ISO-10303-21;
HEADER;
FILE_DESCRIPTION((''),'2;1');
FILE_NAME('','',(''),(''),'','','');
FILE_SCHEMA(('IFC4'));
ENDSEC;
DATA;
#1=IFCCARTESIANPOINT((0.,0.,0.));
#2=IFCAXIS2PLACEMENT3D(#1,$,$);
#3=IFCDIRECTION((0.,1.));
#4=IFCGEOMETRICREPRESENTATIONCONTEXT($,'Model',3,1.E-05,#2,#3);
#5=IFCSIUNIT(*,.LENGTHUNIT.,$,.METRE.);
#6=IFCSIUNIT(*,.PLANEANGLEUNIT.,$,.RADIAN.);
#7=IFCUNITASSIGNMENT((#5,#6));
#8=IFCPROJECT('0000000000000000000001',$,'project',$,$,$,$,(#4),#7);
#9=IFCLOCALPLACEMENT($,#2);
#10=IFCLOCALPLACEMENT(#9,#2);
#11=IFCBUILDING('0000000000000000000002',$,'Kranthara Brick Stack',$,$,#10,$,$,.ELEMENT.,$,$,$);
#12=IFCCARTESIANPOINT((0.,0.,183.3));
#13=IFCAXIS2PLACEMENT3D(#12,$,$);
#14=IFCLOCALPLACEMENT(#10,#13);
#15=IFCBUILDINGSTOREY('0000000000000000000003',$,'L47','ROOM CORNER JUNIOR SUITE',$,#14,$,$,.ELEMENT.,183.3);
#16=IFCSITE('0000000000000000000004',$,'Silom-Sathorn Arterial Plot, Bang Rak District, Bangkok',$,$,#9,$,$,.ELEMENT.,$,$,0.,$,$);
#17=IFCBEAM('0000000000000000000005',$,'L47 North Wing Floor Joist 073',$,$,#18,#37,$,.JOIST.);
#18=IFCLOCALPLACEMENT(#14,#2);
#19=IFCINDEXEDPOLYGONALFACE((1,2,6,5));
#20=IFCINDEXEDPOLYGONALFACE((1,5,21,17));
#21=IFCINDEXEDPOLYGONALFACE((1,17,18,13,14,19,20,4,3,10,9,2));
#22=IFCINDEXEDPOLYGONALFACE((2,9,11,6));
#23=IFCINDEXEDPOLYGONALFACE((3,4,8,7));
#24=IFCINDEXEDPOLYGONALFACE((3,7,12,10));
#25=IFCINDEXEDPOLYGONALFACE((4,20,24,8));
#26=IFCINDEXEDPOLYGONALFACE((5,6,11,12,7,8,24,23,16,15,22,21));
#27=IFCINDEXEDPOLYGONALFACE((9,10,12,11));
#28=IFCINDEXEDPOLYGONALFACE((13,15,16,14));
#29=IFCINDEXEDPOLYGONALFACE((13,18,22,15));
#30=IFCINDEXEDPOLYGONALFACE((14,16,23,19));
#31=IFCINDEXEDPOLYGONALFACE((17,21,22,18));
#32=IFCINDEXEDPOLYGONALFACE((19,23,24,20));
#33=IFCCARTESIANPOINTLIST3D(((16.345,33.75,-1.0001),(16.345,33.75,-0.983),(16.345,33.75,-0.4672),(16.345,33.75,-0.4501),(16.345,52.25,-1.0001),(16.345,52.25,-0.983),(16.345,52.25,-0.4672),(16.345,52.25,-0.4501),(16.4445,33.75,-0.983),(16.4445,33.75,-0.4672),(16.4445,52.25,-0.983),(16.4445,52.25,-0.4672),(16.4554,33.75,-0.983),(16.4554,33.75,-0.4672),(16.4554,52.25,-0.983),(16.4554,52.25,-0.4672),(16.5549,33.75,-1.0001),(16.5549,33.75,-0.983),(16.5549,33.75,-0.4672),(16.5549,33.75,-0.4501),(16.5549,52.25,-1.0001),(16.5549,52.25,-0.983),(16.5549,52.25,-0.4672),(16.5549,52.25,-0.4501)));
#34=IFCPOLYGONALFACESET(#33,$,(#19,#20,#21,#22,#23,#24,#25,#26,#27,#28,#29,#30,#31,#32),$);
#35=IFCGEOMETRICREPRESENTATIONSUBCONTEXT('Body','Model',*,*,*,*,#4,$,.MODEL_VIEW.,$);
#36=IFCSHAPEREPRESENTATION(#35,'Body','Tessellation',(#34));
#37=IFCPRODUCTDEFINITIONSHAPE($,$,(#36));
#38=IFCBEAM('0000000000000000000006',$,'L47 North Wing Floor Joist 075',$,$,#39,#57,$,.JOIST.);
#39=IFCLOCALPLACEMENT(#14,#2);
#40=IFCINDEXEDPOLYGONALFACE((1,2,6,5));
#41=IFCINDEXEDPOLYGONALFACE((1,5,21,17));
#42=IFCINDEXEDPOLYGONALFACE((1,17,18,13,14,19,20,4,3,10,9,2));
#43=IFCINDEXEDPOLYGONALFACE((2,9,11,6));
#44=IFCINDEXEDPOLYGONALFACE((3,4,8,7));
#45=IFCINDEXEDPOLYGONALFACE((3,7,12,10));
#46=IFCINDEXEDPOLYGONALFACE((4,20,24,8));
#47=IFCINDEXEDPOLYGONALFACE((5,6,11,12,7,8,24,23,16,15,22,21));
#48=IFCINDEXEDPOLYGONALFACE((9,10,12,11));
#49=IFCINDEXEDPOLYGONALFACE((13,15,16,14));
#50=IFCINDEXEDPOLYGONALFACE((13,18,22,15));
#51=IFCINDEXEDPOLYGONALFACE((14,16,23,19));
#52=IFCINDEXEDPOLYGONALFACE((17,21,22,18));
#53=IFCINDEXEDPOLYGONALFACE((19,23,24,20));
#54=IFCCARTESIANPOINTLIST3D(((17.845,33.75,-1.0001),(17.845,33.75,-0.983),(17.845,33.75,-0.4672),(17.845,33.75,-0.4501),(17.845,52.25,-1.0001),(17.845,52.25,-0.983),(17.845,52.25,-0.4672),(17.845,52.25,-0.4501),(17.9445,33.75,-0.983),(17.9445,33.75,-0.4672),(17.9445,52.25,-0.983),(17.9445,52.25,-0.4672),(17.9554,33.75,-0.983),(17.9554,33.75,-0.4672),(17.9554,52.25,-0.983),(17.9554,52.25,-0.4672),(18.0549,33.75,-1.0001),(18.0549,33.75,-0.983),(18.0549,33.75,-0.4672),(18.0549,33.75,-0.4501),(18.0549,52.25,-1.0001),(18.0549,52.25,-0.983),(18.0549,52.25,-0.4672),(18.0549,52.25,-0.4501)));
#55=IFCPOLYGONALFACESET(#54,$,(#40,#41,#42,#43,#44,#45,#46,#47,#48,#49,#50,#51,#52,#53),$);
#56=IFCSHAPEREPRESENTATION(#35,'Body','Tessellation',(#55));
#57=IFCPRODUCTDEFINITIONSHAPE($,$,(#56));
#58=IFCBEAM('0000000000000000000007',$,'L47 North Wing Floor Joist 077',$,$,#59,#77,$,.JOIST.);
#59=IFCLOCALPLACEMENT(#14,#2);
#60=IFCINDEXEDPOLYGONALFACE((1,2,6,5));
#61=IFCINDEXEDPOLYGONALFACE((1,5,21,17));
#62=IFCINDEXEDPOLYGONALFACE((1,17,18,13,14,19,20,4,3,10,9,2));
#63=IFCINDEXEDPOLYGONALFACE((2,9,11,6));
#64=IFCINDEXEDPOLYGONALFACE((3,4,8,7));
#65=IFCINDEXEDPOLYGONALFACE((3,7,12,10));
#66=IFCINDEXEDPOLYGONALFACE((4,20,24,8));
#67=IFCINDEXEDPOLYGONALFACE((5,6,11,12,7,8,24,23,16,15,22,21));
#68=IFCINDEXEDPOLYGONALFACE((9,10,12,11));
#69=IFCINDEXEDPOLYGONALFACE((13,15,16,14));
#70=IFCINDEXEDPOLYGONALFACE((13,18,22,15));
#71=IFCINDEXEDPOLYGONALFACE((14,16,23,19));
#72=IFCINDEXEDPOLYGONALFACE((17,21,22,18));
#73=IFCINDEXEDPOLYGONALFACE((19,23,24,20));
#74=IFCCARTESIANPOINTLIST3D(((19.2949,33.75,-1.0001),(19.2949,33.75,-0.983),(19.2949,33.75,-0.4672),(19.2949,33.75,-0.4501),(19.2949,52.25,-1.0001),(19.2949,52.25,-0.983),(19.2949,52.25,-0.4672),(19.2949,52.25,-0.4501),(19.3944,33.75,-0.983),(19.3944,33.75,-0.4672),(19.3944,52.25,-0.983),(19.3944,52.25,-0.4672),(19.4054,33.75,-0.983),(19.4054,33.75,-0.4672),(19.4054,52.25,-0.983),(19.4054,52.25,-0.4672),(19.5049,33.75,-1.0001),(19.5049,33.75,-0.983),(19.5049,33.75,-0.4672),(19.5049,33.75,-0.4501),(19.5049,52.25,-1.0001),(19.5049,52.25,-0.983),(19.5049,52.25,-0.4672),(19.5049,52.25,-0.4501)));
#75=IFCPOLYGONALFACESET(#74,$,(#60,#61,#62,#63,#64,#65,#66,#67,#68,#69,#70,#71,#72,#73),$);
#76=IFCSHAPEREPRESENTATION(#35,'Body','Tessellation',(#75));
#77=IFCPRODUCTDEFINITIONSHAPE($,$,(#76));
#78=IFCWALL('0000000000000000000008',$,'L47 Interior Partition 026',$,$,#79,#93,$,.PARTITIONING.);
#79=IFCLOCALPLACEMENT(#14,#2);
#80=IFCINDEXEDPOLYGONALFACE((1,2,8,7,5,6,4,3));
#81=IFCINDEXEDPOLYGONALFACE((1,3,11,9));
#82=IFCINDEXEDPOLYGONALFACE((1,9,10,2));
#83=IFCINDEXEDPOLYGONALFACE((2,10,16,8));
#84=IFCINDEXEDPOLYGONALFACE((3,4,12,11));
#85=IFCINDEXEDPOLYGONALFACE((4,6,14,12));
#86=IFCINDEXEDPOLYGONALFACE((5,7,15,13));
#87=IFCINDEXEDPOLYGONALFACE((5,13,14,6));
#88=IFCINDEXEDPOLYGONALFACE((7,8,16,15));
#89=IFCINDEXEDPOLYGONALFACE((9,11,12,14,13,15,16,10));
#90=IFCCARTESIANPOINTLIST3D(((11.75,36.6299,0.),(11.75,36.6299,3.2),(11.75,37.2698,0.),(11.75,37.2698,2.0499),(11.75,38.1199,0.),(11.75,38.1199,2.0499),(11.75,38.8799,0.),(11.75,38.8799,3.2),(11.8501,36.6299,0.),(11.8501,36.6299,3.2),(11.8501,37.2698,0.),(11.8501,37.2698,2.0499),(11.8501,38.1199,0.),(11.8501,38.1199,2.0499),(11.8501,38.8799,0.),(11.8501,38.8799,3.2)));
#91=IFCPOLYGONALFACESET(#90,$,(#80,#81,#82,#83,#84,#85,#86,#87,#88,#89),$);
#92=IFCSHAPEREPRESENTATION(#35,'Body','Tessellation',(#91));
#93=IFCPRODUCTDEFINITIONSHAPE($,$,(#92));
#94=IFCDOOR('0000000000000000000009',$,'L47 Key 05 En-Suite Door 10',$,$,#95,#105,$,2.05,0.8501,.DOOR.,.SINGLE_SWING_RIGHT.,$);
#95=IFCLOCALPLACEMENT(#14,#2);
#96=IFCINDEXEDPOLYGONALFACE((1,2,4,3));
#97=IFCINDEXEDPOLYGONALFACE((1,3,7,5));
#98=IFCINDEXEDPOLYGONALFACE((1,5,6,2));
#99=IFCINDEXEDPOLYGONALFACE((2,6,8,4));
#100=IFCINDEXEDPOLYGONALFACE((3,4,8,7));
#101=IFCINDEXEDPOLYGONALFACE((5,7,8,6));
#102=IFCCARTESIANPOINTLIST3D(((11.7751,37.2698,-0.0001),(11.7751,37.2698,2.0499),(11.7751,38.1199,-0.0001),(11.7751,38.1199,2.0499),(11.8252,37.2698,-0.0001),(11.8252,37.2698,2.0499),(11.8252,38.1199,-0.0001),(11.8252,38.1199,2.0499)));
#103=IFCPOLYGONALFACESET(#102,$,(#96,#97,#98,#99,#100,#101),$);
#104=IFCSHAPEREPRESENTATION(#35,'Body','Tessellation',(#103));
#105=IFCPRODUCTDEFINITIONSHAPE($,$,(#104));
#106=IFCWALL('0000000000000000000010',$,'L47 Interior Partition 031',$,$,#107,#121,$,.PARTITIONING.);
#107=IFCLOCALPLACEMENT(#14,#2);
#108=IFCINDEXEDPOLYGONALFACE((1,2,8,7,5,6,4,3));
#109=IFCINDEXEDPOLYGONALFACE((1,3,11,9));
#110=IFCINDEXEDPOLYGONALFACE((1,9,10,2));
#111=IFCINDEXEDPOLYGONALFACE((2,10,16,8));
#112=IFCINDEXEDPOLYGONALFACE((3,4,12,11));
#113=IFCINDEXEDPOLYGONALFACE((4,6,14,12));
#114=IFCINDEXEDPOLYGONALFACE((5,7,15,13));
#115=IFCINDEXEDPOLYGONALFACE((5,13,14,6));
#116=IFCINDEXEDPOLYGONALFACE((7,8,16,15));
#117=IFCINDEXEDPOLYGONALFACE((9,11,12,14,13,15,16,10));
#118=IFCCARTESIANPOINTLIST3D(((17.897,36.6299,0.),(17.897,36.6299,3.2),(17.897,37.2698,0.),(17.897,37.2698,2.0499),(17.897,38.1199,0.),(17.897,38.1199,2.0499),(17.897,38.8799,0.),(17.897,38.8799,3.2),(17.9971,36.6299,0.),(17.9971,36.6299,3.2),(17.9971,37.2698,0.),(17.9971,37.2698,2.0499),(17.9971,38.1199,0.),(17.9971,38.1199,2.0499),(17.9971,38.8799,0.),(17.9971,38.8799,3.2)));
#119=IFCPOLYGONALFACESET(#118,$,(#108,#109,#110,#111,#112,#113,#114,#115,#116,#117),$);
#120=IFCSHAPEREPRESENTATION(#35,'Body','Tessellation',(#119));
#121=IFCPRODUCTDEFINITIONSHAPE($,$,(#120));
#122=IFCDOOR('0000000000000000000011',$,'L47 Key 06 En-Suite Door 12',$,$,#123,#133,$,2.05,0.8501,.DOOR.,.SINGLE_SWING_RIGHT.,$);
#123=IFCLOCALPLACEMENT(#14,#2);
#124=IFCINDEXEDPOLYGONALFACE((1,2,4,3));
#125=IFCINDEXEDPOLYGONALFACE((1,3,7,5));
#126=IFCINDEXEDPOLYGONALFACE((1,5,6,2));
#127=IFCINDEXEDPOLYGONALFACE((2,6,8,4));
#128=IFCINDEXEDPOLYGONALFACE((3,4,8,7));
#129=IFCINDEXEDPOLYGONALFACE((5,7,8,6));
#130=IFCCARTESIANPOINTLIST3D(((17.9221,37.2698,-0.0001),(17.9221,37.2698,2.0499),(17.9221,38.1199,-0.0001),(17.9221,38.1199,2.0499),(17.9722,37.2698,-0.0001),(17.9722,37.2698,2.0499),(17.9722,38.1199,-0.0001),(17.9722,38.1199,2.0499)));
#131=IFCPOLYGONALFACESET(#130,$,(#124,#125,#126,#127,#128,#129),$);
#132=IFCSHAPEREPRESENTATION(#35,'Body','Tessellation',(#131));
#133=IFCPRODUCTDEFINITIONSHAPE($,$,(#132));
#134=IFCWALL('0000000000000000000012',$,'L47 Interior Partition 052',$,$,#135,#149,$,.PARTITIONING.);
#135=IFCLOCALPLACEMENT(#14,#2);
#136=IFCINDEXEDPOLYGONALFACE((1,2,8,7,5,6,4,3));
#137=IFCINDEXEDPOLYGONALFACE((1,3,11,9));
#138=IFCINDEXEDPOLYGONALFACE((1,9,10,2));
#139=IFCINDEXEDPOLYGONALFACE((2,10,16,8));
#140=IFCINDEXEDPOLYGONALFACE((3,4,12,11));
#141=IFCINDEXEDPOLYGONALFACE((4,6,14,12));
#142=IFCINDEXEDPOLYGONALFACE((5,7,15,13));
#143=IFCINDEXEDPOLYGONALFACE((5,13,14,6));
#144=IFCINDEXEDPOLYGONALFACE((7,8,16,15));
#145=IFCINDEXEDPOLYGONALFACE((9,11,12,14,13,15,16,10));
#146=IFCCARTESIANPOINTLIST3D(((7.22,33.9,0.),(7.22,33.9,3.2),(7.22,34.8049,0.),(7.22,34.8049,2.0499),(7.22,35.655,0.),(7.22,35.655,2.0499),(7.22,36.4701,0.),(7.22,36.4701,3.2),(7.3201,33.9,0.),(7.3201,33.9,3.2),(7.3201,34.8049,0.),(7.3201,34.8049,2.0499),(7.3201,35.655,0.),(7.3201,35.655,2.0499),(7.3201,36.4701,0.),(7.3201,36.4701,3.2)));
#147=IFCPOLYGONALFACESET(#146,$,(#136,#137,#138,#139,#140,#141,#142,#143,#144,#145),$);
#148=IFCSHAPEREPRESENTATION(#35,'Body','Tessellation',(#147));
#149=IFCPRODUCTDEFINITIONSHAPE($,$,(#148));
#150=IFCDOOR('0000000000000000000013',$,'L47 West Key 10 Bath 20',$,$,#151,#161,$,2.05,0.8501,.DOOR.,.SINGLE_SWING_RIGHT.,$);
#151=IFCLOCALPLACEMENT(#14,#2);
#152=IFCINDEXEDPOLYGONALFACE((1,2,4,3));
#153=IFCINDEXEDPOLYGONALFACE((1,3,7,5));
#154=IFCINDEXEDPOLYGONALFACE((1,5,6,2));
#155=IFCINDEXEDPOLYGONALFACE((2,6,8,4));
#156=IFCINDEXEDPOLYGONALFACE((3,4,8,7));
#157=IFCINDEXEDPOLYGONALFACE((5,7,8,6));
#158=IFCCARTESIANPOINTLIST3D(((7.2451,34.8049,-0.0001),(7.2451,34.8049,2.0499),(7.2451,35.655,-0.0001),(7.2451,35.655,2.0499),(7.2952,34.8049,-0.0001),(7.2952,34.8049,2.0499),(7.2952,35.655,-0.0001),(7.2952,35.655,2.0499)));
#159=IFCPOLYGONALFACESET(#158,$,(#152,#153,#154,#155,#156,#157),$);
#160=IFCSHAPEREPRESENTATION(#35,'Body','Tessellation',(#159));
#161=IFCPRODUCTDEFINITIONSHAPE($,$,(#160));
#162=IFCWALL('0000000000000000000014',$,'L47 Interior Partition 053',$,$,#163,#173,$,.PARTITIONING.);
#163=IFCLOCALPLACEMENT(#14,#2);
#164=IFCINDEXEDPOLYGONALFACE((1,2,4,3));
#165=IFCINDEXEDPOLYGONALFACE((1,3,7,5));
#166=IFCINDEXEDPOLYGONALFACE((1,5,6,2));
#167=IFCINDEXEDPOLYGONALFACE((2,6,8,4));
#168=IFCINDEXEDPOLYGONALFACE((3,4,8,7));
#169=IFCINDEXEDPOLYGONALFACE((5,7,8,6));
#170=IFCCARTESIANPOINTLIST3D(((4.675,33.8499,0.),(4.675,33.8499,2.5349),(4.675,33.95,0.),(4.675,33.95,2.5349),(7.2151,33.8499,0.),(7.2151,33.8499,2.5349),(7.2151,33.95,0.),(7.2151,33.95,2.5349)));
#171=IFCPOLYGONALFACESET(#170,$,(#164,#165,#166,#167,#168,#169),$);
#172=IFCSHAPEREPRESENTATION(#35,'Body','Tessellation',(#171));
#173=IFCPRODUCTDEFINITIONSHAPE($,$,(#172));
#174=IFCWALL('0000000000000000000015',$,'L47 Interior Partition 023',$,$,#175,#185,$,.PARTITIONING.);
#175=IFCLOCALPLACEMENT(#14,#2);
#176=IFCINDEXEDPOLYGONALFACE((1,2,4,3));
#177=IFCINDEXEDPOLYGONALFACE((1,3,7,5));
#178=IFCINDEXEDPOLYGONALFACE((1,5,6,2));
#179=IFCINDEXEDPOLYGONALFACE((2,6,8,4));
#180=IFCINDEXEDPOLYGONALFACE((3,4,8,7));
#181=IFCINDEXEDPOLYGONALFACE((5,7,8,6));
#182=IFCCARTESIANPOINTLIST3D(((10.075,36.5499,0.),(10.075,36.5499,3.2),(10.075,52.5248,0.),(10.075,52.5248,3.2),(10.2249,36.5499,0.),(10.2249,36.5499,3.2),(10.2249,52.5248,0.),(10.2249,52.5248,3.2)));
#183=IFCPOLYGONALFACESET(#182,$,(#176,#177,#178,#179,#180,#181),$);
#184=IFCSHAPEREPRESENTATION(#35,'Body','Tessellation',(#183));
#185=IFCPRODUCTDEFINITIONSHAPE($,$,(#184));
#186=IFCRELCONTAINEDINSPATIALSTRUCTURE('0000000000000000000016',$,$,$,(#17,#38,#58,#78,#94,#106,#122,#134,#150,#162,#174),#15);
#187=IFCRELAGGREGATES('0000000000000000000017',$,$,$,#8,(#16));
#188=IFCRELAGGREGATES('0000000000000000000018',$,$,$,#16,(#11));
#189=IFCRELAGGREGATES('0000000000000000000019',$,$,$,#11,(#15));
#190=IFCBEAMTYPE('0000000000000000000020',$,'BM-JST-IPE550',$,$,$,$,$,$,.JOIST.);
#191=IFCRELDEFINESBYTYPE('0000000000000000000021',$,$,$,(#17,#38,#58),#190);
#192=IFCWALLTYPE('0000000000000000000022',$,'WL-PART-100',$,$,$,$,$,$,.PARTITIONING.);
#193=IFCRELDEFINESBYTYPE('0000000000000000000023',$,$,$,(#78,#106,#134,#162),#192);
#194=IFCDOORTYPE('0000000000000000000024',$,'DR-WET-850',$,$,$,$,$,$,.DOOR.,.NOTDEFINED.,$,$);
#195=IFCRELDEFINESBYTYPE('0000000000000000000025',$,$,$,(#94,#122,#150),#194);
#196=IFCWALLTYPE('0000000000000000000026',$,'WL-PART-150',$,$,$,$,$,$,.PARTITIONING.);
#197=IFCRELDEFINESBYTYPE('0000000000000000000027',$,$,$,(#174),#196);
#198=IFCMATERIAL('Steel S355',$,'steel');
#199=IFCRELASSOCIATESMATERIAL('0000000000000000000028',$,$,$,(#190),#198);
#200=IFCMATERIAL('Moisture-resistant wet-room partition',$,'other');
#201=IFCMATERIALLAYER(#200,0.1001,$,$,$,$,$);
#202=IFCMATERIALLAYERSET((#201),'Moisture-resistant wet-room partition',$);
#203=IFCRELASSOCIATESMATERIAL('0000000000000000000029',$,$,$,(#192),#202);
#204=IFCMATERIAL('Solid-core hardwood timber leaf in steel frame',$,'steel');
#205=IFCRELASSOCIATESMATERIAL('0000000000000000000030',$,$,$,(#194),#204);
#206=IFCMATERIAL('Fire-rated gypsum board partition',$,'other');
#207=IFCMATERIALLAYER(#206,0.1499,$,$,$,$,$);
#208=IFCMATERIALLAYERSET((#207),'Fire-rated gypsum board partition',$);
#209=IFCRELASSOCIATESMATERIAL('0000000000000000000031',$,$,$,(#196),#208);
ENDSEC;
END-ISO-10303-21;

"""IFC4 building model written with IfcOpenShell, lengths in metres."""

from ifc_helpers import new_model, si_unit, direction, frame, frame_2d, origin, origin_2d, place, context, subcontext, project, spatial, rectangle, i_section, extrude, material, layer, layer_set, material_profile, profile_set, type_object, element, fill, save


model = new_model("IFC4")

# Units and contexts
model_context = context("Model", 3, precision=1e-05, world=origin(), true_north=direction((0.0, 1.0)))
body_context = subcontext(model_context, "Body", "Model", "MODEL_VIEW")
ifc_project = project(units=[si_unit("LENGTHUNIT", "METRE"), si_unit("PLANEANGLEUNIT", "RADIAN")], contexts=[model_context])

# Site, building, storey
site_placement = place(None, origin())
site = spatial("IfcSite", under=ifc_project, at=site_placement, Name="Silom-Sathorn Arterial Plot, Bang Rak District, Bangkok", CompositionType="ELEMENT", RefElevation=0.0)
building_placement = place(site_placement, origin())
building = spatial("IfcBuilding", under=site, at=building_placement, Name="Kranthara Brick Stack", CompositionType="ELEMENT")
storey_placement = place(building_placement, frame((0.0, 0.0, 183.3)))
storey = spatial("IfcBuildingStorey", under=building, at=storey_placement, Name="L47", Description="ROOM CORNER JUNIOR SUITE", CompositionType="ELEMENT", Elevation=183.3)

# Beams
ifc_material_1 = material(Name="Steel S355", Category="steel")
ifc_material_profile = material_profile(ifc_material_1, i_section(OverallWidth=0.21, OverallDepth=0.55, WebThickness=0.011, FlangeThickness=0.0171, at=origin_2d()), Name="IPE 550")
ifc_profile_set = profile_set([ifc_material_profile], Name="Steel S355")
beam_type = type_object("IfcBeamType", Name="BM-JST-IPE550", PredefinedType="JOIST", material=ifc_profile_set)
for number, where, z_axis, x_axis, name in (
    (1, (16.45, 33.75, -0.7251), (0.0, 1.0, 0.0), (-1.0, 0.0, 0.0), "L47 North Wing Floor Joist 073"),
    (2, (17.95, 33.75, -0.7251), (0.0, 1.0, 0.0), (-1.0, 0.0, 0.0), "L47 North Wing Floor Joist 075"),
    (3, (19.3999, 33.75, -0.7251), (0.0, 1.0, 0.0), (-1.0, 0.0, 0.0), "L47 North Wing Floor Joist 077"),
):
    element("IfcBeam", number, at=place(storey_placement, frame(where, z_axis=z_axis, x_axis=x_axis)), inside=storey, type_object=beam_type, Name=name, PredefinedType="JOIST", context=body_context, shape_type="SweptSolid", body=[
        extrude(i_section(OverallWidth=0.21, OverallDepth=0.55, WebThickness=0.011, FlangeThickness=0.0171, at=origin_2d()), origin(), (0.0, 0.0, 1.0), 18.5),
    ])

# Walls, openings, doors
ifc_material_2 = material(Name="Moisture-resistant wet-room partition", Category="other")
ifc_layer_1 = layer(ifc_material_2, 0.1001)
ifc_layer_set_1 = layer_set([ifc_layer_1], Name="Moisture-resistant wet-room partition")
wall_type_1 = type_object("IfcWallType", Name="WL-PART-100", PredefinedType="PARTITIONING", material=ifc_layer_set_1)
wall_1_placement = place(storey_placement, frame((11.8, 36.6299, 0.0), z_axis=(0.0, 0.0, 1.0), x_axis=(0.0, 1.0, 0.0)))
wall_1 = element("IfcWall", 4, at=wall_1_placement, inside=storey, type_object=wall_type_1, Name="L47 Interior Partition 026", PredefinedType="PARTITIONING", context=body_context, shape_type="SweptSolid", body=[
    extrude(rectangle(XDim=2.25, YDim=0.1001, at=frame_2d((1.125, 0.0))), origin(), (0.0, 0.0, 1.0), 3.2),
])
opening_1_placement = place(wall_1_placement, frame((0.6399, 0.0, 0.0)))
opening_1 = element("IfcOpeningElement", 5, at=opening_1_placement, cuts=wall_1, PredefinedType="OPENING", context=body_context, shape_type="SweptSolid", body=[
    extrude(rectangle(XDim=0.8501, YDim=2.05, at=frame_2d((0.425, 1.0249))), frame((0.0, 0.0601, 0.0), z_axis=(0.0, -1.0, 0.0), x_axis=(1.0, 0.0, 0.0)), (0.0, 0.0, 1.0), 0.1201),
])
ifc_material_3 = material(Name="Solid-core hardwood timber leaf in steel frame", Category="steel")
door_type_1 = type_object("IfcDoorType", Name="DR-WET-850", OperationType="NOTDEFINED", PredefinedType="DOOR", material=ifc_material_3)
door_1_placement = place(opening_1_placement, origin())
door_1 = element("IfcDoor", 6, at=door_1_placement, inside=storey, type_object=door_type_1, Name="L47 Key 05 En-Suite Door 10", OperationType="SINGLE_SWING_RIGHT", OverallHeight=2.05, OverallWidth=0.8501, PredefinedType="DOOR", context=body_context, shape_type="SweptSolid", body=[
    extrude(rectangle(XDim=0.8501, YDim=2.05, at=frame_2d((0.425, 1.0249))), frame((0.0, 0.0249, 0.0), z_axis=(0.0, -1.0, 0.0), x_axis=(1.0, 0.0, 0.0)), (0.0, 0.0, 1.0), 0.05),
])
fill(opening_1, door_1)
wall_2_placement = place(storey_placement, frame((17.947, 36.6299, 0.0), z_axis=(0.0, 0.0, 1.0), x_axis=(0.0, 1.0, 0.0)))
wall_2 = element("IfcWall", 7, at=wall_2_placement, inside=storey, type_object=wall_type_1, Name="L47 Interior Partition 031", PredefinedType="PARTITIONING", context=body_context, shape_type="SweptSolid", body=[
    extrude(rectangle(XDim=2.25, YDim=0.1001, at=frame_2d((1.125, 0.0))), origin(), (0.0, 0.0, 1.0), 3.2),
])
opening_2_placement = place(wall_2_placement, frame((0.6399, 0.0, 0.0)))
opening_2 = element("IfcOpeningElement", 8, at=opening_2_placement, cuts=wall_2, PredefinedType="OPENING", context=body_context, shape_type="SweptSolid", body=[
    extrude(rectangle(XDim=0.8501, YDim=2.05, at=frame_2d((0.425, 1.0249))), frame((0.0, 0.0601, 0.0), z_axis=(0.0, -1.0, 0.0), x_axis=(1.0, 0.0, 0.0)), (0.0, 0.0, 1.0), 0.1201),
])
door_2_placement = place(opening_2_placement, origin())
door_2 = element("IfcDoor", 9, at=door_2_placement, inside=storey, type_object=door_type_1, Name="L47 Key 06 En-Suite Door 12", OperationType="SINGLE_SWING_RIGHT", OverallHeight=2.05, OverallWidth=0.8501, PredefinedType="DOOR", context=body_context, shape_type="SweptSolid", body=[
    extrude(rectangle(XDim=0.8501, YDim=2.05, at=frame_2d((0.425, 1.0249))), frame((0.0, 0.0249, 0.0), z_axis=(0.0, -1.0, 0.0), x_axis=(1.0, 0.0, 0.0)), (0.0, 0.0, 1.0), 0.05),
])
fill(opening_2, door_2)
wall_3_placement = place(storey_placement, frame((7.27, 33.8999, 0.0), z_axis=(0.0, 0.0, 1.0), x_axis=(0.0, 1.0, 0.0)))
wall_3 = element("IfcWall", 10, at=wall_3_placement, inside=storey, type_object=wall_type_1, Name="L47 Interior Partition 052", PredefinedType="PARTITIONING", context=body_context, shape_type="SweptSolid", body=[
    extrude(rectangle(XDim=2.5701, YDim=0.1001, at=frame_2d((1.2852, 0.0))), origin(), (0.0, 0.0, 1.0), 3.2),
])
opening_3_placement = place(wall_3_placement, frame((0.905, 0.0, 0.0)))
opening_3 = element("IfcOpeningElement", 11, at=opening_3_placement, cuts=wall_3, PredefinedType="OPENING", context=body_context, shape_type="SweptSolid", body=[
    extrude(rectangle(XDim=0.8501, YDim=2.05, at=frame_2d((0.425, 1.0249))), frame((0.0, 0.0601, 0.0), z_axis=(0.0, -1.0, 0.0), x_axis=(1.0, 0.0, 0.0)), (0.0, 0.0, 1.0), 0.1201),
])
door_3_placement = place(opening_3_placement, origin())
door_3 = element("IfcDoor", 12, at=door_3_placement, inside=storey, type_object=door_type_1, Name="L47 West Key 10 Bath 20", OperationType="SINGLE_SWING_RIGHT", OverallHeight=2.05, OverallWidth=0.8501, PredefinedType="DOOR", context=body_context, shape_type="SweptSolid", body=[
    extrude(rectangle(XDim=0.8501, YDim=2.05, at=frame_2d((0.425, 1.0249))), frame((0.0, 0.0249, 0.0), z_axis=(0.0, -1.0, 0.0), x_axis=(1.0, 0.0, 0.0)), (0.0, 0.0, 1.0), 0.05),
])
fill(opening_3, door_3)

# Walls
wall_4_placement = place(storey_placement, frame((4.675, 33.8999, 0.0), z_axis=(0.0, 0.0, 1.0), x_axis=(1.0, 0.0, 0.0)))
element("IfcWall", 13, at=wall_4_placement, inside=storey, type_object=wall_type_1, Name="L47 Interior Partition 053", PredefinedType="PARTITIONING", context=body_context, shape_type="SweptSolid", body=[
    extrude(rectangle(XDim=2.54, YDim=0.1001, at=frame_2d((1.27, 0.0))), origin(), (0.0, 0.0, 1.0), 2.5349),
])
ifc_material_4 = material(Name="Fire-rated gypsum board partition", Category="other")
ifc_layer_2 = layer(ifc_material_4, 0.1499)
ifc_layer_set_2 = layer_set([ifc_layer_2], Name="Fire-rated gypsum board partition")
wall_type_2 = type_object("IfcWallType", Name="WL-PART-150", PredefinedType="PARTITIONING", material=ifc_layer_set_2)
wall_5_placement = place(storey_placement, frame((10.1499, 36.55, 0.0), z_axis=(0.0, 0.0, 1.0), x_axis=(0.0, 1.0, 0.0)))
element("IfcWall", 14, at=wall_5_placement, inside=storey, type_object=wall_type_2, Name="L47 Interior Partition 023", PredefinedType="PARTITIONING", context=body_context, shape_type="SweptSolid", body=[
    extrude(rectangle(XDim=15.9749, YDim=0.1499, at=frame_2d((7.9873, 0.0))), origin(), (0.0, 0.0, 1.0), 3.2),
])

save(model, "model.ifc")
